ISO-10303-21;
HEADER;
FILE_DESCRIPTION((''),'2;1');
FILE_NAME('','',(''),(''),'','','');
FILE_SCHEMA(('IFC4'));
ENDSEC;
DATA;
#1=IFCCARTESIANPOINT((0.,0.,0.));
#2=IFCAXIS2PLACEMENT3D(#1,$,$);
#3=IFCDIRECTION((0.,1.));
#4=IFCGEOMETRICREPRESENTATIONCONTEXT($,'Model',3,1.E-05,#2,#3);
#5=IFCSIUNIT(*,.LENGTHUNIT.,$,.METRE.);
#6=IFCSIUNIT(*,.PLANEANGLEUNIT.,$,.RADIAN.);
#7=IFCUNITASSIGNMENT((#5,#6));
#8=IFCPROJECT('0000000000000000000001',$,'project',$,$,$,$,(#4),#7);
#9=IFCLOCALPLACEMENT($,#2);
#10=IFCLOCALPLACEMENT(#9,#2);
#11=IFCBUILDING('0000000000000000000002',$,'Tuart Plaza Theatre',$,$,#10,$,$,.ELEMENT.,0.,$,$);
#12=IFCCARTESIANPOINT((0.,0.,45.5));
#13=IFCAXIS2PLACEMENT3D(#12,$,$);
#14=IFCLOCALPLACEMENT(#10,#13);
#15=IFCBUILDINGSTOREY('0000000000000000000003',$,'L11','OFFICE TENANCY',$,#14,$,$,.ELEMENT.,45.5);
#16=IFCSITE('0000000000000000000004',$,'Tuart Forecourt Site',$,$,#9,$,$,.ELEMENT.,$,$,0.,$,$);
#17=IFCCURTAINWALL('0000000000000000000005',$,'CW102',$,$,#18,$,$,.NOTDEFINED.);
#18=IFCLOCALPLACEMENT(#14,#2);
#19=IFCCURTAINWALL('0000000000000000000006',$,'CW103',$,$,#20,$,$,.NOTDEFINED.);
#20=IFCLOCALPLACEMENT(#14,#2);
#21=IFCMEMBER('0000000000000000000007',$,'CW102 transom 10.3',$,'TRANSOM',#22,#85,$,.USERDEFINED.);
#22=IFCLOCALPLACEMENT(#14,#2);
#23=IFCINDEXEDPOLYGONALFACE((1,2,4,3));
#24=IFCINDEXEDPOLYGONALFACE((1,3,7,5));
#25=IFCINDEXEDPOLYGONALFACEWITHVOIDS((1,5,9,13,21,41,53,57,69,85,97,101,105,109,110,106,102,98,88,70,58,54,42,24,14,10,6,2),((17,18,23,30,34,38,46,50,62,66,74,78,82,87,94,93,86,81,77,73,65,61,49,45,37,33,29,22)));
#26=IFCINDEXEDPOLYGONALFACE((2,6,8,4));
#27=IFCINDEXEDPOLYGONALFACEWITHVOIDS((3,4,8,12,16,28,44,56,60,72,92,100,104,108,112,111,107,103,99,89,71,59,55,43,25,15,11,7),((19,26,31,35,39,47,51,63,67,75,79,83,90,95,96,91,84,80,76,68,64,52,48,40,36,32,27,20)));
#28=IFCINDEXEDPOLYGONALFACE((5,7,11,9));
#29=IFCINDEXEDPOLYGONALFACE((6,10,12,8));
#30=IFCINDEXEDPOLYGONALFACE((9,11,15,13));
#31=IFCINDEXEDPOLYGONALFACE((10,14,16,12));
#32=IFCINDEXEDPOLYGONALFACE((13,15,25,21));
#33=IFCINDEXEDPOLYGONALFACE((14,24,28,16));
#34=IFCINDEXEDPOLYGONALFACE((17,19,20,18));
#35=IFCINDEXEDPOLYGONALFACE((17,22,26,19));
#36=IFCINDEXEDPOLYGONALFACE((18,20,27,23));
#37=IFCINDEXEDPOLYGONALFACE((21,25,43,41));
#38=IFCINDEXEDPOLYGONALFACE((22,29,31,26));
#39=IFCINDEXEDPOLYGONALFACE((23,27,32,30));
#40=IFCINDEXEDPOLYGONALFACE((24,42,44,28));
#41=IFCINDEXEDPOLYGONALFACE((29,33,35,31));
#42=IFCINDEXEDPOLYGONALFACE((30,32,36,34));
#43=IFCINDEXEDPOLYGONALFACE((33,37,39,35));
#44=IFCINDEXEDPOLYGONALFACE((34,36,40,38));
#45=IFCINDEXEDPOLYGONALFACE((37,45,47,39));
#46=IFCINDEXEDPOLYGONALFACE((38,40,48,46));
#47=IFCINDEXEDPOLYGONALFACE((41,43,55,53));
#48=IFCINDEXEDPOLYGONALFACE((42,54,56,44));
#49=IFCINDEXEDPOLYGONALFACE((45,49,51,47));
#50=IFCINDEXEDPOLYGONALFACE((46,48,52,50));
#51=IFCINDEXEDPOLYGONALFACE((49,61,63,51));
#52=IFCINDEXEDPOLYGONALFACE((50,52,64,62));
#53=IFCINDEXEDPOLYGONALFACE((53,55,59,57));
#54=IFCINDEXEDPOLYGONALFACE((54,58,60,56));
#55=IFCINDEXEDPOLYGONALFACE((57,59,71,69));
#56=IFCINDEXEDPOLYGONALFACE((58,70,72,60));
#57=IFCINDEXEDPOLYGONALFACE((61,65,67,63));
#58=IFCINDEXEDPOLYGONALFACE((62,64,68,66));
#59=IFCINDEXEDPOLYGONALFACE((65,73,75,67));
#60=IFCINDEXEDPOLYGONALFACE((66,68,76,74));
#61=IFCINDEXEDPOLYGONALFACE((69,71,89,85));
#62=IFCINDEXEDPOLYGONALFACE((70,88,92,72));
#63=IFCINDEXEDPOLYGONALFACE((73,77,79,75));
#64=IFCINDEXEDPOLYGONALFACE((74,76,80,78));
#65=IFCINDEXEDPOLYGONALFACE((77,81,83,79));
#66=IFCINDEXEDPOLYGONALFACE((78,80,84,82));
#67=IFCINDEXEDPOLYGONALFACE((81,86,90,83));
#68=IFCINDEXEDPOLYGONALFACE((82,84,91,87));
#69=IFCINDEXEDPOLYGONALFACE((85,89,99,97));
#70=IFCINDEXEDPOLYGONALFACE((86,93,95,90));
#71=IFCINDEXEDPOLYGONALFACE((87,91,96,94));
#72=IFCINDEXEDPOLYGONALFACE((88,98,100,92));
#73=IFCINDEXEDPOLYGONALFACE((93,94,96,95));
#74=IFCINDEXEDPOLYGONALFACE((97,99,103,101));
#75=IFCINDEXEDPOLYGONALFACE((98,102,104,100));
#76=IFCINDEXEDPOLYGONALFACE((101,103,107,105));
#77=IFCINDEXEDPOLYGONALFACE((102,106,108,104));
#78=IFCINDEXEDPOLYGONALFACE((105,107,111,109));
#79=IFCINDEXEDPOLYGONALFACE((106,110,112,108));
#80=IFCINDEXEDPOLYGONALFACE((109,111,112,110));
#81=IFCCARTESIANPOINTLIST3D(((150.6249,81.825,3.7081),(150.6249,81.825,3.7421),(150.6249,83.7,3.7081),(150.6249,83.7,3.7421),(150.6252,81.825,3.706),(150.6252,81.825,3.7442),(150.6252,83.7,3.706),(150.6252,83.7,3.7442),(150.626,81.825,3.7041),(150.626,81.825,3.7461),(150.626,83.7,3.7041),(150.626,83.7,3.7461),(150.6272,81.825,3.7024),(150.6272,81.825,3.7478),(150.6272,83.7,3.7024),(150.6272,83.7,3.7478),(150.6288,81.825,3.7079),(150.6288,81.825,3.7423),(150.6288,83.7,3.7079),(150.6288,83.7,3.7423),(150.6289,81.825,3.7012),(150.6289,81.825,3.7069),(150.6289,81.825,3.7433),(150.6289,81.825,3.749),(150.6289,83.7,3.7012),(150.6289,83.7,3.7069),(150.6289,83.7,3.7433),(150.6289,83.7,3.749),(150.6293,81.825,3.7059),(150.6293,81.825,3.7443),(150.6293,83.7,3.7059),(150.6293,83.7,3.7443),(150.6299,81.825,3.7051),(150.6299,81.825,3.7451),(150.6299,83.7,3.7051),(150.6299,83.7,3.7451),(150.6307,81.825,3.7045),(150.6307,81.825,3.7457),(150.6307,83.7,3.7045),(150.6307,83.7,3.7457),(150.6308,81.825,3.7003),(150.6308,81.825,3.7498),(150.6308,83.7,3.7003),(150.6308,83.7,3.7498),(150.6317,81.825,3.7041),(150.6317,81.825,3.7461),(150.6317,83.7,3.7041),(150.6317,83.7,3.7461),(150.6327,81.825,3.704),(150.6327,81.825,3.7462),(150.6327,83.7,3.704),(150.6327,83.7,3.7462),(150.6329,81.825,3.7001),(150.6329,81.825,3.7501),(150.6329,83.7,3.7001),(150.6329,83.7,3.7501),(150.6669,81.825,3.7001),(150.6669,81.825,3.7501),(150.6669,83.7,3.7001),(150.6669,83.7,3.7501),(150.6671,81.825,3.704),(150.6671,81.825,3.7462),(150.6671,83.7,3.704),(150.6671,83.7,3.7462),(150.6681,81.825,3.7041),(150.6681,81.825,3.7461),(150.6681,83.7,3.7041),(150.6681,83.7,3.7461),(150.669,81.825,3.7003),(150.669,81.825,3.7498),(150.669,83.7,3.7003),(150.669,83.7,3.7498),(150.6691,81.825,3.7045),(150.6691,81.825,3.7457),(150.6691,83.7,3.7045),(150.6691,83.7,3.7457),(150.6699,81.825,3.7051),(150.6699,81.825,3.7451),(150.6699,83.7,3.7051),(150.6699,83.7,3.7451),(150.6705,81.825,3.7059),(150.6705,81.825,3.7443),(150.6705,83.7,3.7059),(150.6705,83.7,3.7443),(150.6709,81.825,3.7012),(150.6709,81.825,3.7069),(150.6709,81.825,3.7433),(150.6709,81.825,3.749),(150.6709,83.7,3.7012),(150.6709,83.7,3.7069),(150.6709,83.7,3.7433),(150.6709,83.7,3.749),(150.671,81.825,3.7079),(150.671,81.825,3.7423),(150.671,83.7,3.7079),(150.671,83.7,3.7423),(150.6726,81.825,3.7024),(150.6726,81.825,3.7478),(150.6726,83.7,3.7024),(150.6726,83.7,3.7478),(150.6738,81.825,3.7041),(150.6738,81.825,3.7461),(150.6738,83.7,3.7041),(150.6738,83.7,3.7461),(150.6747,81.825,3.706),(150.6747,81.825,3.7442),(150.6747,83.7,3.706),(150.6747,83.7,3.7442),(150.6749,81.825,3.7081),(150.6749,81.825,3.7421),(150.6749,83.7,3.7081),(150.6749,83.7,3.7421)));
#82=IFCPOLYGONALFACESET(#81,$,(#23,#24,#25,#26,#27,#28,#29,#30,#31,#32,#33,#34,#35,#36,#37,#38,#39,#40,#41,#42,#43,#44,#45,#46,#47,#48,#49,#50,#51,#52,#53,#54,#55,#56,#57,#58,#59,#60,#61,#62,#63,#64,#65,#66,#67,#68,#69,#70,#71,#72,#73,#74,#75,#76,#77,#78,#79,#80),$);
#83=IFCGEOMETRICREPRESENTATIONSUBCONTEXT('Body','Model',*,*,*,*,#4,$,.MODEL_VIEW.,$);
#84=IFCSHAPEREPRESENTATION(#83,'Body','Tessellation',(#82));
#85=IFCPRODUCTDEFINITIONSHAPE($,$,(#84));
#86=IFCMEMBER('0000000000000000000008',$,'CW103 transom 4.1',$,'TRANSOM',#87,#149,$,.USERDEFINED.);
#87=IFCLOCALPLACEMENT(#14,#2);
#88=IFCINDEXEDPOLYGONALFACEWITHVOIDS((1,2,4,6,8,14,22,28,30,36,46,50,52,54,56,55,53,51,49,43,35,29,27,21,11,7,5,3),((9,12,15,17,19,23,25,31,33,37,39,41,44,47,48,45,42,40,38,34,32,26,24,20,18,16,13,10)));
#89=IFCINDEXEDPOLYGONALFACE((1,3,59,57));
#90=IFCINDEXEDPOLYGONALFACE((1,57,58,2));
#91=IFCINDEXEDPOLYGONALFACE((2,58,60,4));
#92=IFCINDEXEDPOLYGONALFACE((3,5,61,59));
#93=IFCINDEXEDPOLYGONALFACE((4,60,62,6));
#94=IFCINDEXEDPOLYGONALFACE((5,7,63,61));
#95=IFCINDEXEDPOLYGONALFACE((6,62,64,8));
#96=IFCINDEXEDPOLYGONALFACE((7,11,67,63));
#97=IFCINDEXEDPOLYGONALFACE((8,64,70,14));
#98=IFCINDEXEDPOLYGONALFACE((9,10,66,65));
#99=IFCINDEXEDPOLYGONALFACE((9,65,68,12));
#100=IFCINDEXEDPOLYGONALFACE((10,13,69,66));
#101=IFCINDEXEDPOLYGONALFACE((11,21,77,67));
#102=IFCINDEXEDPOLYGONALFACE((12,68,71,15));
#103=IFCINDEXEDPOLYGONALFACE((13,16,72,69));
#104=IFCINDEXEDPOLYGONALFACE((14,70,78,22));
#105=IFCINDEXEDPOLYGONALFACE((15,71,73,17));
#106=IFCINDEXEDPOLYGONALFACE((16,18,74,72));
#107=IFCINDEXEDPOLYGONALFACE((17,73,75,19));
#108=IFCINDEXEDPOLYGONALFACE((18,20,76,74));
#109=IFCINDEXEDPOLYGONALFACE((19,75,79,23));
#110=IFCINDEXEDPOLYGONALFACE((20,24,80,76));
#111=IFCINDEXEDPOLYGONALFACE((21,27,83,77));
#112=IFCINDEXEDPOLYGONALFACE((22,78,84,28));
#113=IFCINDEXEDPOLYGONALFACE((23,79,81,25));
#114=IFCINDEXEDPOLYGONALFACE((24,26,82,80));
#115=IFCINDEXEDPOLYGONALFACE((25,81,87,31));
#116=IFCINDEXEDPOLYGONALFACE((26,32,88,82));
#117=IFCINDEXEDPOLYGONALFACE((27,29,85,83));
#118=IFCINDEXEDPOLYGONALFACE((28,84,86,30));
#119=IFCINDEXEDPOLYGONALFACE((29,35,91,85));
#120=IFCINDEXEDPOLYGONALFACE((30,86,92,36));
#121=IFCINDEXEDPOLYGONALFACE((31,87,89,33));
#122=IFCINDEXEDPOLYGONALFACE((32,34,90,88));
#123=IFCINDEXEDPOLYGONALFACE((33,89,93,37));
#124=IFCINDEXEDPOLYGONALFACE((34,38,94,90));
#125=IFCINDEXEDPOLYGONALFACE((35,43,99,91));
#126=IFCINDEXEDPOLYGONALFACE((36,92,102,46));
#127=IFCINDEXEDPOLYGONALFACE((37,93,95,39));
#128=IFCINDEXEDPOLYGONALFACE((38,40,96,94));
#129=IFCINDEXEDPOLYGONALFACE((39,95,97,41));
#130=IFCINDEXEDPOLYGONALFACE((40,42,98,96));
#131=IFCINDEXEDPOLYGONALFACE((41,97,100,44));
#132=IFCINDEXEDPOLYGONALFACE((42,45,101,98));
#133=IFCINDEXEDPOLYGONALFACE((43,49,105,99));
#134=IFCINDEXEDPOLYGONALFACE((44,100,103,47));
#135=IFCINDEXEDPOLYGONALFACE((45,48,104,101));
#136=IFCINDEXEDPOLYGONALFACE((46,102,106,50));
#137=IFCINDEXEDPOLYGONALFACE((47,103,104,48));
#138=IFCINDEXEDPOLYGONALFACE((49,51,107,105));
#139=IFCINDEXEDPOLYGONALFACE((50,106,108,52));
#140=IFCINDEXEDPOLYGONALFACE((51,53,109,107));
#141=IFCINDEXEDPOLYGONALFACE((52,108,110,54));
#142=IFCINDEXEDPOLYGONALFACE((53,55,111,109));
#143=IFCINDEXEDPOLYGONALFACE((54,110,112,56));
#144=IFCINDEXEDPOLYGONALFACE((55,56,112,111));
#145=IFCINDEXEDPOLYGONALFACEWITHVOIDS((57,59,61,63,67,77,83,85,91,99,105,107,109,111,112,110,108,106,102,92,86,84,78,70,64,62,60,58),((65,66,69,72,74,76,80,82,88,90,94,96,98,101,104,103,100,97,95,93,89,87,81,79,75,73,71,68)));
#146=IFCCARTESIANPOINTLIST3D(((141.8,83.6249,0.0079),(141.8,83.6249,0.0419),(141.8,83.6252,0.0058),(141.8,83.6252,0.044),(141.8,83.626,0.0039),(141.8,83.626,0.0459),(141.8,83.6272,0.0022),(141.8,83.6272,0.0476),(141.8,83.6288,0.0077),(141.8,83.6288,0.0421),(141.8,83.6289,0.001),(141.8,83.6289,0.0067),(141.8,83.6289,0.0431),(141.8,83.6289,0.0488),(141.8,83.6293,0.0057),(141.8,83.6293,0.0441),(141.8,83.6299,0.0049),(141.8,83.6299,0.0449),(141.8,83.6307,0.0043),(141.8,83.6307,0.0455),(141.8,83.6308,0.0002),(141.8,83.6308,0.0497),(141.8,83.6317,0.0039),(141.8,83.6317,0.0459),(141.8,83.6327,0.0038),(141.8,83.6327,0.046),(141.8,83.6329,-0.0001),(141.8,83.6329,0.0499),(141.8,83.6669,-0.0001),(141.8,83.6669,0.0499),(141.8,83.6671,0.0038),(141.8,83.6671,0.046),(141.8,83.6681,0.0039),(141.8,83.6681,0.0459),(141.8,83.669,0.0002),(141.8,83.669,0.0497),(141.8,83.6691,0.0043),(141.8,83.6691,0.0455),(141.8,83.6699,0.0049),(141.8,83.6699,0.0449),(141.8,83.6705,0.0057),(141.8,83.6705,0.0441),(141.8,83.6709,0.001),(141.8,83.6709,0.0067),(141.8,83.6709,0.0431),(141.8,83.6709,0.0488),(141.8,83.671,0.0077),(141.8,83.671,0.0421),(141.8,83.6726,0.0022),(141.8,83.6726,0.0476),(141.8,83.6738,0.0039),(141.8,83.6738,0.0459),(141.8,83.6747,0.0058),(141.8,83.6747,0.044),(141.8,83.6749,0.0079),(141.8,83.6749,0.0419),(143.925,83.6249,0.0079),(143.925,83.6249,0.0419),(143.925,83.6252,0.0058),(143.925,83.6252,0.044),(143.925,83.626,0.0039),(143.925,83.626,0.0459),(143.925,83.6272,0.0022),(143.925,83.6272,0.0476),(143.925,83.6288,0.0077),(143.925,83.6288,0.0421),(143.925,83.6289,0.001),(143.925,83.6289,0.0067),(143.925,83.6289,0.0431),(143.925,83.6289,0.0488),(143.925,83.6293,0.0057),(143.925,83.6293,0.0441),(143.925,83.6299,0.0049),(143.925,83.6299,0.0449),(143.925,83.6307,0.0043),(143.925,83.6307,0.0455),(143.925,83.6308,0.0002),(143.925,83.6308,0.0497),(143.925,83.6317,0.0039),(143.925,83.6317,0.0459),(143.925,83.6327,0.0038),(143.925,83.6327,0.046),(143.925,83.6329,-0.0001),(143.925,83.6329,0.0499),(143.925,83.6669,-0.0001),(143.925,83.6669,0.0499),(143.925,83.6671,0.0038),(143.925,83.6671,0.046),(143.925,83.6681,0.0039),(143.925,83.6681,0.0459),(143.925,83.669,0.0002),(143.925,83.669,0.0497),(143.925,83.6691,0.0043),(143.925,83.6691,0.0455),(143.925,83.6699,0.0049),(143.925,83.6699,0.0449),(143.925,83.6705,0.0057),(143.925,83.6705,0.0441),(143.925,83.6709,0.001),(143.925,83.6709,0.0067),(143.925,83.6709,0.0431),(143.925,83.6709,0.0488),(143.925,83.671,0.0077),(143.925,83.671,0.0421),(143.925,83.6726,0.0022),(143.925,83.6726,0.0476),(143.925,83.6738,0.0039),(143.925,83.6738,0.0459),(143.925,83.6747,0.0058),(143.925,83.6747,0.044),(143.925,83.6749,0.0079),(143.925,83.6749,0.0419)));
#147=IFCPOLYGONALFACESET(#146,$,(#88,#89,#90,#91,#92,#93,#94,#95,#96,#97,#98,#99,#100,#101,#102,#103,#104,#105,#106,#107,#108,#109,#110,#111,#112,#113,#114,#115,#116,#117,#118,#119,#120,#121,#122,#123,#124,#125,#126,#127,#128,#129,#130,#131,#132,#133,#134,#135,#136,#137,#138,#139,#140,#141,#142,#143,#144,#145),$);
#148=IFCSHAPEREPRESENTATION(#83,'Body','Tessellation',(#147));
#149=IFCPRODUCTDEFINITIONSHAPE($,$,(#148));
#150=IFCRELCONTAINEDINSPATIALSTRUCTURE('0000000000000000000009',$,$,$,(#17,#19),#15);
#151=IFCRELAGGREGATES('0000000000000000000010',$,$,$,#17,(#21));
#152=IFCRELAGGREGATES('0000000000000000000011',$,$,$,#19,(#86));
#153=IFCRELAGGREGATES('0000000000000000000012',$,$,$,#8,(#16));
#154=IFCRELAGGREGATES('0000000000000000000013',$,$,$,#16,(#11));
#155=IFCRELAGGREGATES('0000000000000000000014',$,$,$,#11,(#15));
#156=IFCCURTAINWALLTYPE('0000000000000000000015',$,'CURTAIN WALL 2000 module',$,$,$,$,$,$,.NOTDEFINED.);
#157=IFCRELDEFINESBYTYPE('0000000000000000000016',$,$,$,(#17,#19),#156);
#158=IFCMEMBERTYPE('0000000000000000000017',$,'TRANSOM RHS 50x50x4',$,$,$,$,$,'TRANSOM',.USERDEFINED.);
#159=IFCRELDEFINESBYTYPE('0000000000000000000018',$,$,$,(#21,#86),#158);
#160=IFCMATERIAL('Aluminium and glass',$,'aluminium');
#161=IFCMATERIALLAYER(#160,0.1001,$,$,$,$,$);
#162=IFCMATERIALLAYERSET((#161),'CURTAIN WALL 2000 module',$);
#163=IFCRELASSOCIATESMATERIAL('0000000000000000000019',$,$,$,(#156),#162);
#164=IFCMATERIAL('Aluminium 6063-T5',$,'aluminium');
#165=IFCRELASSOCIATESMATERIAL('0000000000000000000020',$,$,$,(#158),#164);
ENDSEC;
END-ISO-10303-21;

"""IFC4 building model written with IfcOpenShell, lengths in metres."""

from ifc_helpers import new_model, si_unit, direction, frame, origin, origin_2d, place, context, subcontext, project, spatial, hollow_rectangle, extrude, material, layer, layer_set, material_profile, profile_set, type_object, element, aggregate, save


model = new_model("IFC4")

# Units and contexts
model_context = context("Model", 3, precision=1e-05, world=origin(), true_north=direction((0.0, 1.0)))
body_context = subcontext(model_context, "Body", "Model", "MODEL_VIEW")
ifc_project = project(units=[si_unit("LENGTHUNIT", "METRE"), si_unit("PLANEANGLEUNIT", "RADIAN")], contexts=[model_context])

# Site, building, storey
site_placement = place(None, origin())
site = spatial("IfcSite", under=ifc_project, at=site_placement, Name="Tuart Forecourt Site", CompositionType="ELEMENT", RefElevation=0.0)
building_placement = place(site_placement, origin())
building = spatial("IfcBuilding", under=site, at=building_placement, Name="Tuart Plaza Theatre", CompositionType="ELEMENT", ElevationOfRefHeight=0.0)
storey_placement = place(building_placement, frame((0.0, 0.0, 45.5)))
storey = spatial("IfcBuildingStorey", under=building, at=storey_placement, Name="L11", Description="OFFICE TENANCY", CompositionType="ELEMENT", Elevation=45.5)

# Curtain wall
ifc_material_1 = material(Name="Aluminium and glass", Category="aluminium")
ifc_layer_1 = layer(ifc_material_1, 0.1001)
ifc_layer_set_1 = layer_set([ifc_layer_1], Name="CURTAIN WALL 2000 module")
curtain_wall_type = type_object("IfcCurtainWallType", Name="CURTAIN WALL 2000 module", PredefinedType="NOTDEFINED", material=ifc_layer_set_1)
curtain_wall_1_placement = place(storey_placement, origin())
curtain_wall_1 = element("IfcCurtainWall", 1, at=curtain_wall_1_placement, inside=storey, type_object=curtain_wall_type, Name="CW102", PredefinedType="NOTDEFINED")

# Curtain wall
curtain_wall_2_placement = place(storey_placement, origin())
curtain_wall_2 = element("IfcCurtainWall", 2, at=curtain_wall_2_placement, inside=storey, type_object=curtain_wall_type, Name="CW103", PredefinedType="NOTDEFINED")

# Members
ifc_material_2 = material(Name="Aluminium 6063-T5", Category="aluminium")
ifc_material_profile_1 = material_profile(ifc_material_2, hollow_rectangle(XDim=0.05, YDim=0.05, WallThickness=0.0039, InnerFilletRadius=0.0039, OuterFilletRadius=0.0081, at=origin_2d()), Name="RHS 50x50x4")
ifc_profile_set_1 = profile_set([ifc_material_profile_1], Name="Aluminium 6063-T5")
member_type_1 = type_object("IfcMemberType", Name="TRANSOM RHS 50x50x4", ElementType="TRANSOM", PredefinedType="USERDEFINED", material=ifc_profile_set_1)
member_1_placement = place(storey_placement, frame((150.6499, 81.825, 3.7251), z_axis=(0.0, 1.0, 0.0), x_axis=(-1.0, 0.0, 0.0)))
member_1 = element("IfcMember", 3, at=member_1_placement, type_object=member_type_1, Name="CW102 transom 10.3", ObjectType="TRANSOM", PredefinedType="USERDEFINED", context=body_context, shape_type="SweptSolid", body=[
    extrude(hollow_rectangle(XDim=0.05, YDim=0.05, WallThickness=0.0039, InnerFilletRadius=0.0039, OuterFilletRadius=0.0081, at=origin_2d()), origin(), (0.0, 0.0, 1.0), 1.875),
])
member_2_placement = place(storey_placement, frame((143.925, 83.6499, 0.0249), z_axis=(-1.0, 0.0, 0.0), x_axis=(0.0, -1.0, 0.0)))
member_2 = element("IfcMember", 4, at=member_2_placement, type_object=member_type_1, Name="CW103 transom 4.1", ObjectType="TRANSOM", PredefinedType="USERDEFINED", context=body_context, shape_type="SweptSolid", body=[
    extrude(hollow_rectangle(XDim=0.05, YDim=0.05, WallThickness=0.0039, InnerFilletRadius=0.0039, OuterFilletRadius=0.0081, at=origin_2d()), origin(), (0.0, 0.0, 1.0), 2.125),
])

aggregate(curtain_wall_1, [member_1])
aggregate(curtain_wall_2, [member_2])

save(model, "model.ifc")
